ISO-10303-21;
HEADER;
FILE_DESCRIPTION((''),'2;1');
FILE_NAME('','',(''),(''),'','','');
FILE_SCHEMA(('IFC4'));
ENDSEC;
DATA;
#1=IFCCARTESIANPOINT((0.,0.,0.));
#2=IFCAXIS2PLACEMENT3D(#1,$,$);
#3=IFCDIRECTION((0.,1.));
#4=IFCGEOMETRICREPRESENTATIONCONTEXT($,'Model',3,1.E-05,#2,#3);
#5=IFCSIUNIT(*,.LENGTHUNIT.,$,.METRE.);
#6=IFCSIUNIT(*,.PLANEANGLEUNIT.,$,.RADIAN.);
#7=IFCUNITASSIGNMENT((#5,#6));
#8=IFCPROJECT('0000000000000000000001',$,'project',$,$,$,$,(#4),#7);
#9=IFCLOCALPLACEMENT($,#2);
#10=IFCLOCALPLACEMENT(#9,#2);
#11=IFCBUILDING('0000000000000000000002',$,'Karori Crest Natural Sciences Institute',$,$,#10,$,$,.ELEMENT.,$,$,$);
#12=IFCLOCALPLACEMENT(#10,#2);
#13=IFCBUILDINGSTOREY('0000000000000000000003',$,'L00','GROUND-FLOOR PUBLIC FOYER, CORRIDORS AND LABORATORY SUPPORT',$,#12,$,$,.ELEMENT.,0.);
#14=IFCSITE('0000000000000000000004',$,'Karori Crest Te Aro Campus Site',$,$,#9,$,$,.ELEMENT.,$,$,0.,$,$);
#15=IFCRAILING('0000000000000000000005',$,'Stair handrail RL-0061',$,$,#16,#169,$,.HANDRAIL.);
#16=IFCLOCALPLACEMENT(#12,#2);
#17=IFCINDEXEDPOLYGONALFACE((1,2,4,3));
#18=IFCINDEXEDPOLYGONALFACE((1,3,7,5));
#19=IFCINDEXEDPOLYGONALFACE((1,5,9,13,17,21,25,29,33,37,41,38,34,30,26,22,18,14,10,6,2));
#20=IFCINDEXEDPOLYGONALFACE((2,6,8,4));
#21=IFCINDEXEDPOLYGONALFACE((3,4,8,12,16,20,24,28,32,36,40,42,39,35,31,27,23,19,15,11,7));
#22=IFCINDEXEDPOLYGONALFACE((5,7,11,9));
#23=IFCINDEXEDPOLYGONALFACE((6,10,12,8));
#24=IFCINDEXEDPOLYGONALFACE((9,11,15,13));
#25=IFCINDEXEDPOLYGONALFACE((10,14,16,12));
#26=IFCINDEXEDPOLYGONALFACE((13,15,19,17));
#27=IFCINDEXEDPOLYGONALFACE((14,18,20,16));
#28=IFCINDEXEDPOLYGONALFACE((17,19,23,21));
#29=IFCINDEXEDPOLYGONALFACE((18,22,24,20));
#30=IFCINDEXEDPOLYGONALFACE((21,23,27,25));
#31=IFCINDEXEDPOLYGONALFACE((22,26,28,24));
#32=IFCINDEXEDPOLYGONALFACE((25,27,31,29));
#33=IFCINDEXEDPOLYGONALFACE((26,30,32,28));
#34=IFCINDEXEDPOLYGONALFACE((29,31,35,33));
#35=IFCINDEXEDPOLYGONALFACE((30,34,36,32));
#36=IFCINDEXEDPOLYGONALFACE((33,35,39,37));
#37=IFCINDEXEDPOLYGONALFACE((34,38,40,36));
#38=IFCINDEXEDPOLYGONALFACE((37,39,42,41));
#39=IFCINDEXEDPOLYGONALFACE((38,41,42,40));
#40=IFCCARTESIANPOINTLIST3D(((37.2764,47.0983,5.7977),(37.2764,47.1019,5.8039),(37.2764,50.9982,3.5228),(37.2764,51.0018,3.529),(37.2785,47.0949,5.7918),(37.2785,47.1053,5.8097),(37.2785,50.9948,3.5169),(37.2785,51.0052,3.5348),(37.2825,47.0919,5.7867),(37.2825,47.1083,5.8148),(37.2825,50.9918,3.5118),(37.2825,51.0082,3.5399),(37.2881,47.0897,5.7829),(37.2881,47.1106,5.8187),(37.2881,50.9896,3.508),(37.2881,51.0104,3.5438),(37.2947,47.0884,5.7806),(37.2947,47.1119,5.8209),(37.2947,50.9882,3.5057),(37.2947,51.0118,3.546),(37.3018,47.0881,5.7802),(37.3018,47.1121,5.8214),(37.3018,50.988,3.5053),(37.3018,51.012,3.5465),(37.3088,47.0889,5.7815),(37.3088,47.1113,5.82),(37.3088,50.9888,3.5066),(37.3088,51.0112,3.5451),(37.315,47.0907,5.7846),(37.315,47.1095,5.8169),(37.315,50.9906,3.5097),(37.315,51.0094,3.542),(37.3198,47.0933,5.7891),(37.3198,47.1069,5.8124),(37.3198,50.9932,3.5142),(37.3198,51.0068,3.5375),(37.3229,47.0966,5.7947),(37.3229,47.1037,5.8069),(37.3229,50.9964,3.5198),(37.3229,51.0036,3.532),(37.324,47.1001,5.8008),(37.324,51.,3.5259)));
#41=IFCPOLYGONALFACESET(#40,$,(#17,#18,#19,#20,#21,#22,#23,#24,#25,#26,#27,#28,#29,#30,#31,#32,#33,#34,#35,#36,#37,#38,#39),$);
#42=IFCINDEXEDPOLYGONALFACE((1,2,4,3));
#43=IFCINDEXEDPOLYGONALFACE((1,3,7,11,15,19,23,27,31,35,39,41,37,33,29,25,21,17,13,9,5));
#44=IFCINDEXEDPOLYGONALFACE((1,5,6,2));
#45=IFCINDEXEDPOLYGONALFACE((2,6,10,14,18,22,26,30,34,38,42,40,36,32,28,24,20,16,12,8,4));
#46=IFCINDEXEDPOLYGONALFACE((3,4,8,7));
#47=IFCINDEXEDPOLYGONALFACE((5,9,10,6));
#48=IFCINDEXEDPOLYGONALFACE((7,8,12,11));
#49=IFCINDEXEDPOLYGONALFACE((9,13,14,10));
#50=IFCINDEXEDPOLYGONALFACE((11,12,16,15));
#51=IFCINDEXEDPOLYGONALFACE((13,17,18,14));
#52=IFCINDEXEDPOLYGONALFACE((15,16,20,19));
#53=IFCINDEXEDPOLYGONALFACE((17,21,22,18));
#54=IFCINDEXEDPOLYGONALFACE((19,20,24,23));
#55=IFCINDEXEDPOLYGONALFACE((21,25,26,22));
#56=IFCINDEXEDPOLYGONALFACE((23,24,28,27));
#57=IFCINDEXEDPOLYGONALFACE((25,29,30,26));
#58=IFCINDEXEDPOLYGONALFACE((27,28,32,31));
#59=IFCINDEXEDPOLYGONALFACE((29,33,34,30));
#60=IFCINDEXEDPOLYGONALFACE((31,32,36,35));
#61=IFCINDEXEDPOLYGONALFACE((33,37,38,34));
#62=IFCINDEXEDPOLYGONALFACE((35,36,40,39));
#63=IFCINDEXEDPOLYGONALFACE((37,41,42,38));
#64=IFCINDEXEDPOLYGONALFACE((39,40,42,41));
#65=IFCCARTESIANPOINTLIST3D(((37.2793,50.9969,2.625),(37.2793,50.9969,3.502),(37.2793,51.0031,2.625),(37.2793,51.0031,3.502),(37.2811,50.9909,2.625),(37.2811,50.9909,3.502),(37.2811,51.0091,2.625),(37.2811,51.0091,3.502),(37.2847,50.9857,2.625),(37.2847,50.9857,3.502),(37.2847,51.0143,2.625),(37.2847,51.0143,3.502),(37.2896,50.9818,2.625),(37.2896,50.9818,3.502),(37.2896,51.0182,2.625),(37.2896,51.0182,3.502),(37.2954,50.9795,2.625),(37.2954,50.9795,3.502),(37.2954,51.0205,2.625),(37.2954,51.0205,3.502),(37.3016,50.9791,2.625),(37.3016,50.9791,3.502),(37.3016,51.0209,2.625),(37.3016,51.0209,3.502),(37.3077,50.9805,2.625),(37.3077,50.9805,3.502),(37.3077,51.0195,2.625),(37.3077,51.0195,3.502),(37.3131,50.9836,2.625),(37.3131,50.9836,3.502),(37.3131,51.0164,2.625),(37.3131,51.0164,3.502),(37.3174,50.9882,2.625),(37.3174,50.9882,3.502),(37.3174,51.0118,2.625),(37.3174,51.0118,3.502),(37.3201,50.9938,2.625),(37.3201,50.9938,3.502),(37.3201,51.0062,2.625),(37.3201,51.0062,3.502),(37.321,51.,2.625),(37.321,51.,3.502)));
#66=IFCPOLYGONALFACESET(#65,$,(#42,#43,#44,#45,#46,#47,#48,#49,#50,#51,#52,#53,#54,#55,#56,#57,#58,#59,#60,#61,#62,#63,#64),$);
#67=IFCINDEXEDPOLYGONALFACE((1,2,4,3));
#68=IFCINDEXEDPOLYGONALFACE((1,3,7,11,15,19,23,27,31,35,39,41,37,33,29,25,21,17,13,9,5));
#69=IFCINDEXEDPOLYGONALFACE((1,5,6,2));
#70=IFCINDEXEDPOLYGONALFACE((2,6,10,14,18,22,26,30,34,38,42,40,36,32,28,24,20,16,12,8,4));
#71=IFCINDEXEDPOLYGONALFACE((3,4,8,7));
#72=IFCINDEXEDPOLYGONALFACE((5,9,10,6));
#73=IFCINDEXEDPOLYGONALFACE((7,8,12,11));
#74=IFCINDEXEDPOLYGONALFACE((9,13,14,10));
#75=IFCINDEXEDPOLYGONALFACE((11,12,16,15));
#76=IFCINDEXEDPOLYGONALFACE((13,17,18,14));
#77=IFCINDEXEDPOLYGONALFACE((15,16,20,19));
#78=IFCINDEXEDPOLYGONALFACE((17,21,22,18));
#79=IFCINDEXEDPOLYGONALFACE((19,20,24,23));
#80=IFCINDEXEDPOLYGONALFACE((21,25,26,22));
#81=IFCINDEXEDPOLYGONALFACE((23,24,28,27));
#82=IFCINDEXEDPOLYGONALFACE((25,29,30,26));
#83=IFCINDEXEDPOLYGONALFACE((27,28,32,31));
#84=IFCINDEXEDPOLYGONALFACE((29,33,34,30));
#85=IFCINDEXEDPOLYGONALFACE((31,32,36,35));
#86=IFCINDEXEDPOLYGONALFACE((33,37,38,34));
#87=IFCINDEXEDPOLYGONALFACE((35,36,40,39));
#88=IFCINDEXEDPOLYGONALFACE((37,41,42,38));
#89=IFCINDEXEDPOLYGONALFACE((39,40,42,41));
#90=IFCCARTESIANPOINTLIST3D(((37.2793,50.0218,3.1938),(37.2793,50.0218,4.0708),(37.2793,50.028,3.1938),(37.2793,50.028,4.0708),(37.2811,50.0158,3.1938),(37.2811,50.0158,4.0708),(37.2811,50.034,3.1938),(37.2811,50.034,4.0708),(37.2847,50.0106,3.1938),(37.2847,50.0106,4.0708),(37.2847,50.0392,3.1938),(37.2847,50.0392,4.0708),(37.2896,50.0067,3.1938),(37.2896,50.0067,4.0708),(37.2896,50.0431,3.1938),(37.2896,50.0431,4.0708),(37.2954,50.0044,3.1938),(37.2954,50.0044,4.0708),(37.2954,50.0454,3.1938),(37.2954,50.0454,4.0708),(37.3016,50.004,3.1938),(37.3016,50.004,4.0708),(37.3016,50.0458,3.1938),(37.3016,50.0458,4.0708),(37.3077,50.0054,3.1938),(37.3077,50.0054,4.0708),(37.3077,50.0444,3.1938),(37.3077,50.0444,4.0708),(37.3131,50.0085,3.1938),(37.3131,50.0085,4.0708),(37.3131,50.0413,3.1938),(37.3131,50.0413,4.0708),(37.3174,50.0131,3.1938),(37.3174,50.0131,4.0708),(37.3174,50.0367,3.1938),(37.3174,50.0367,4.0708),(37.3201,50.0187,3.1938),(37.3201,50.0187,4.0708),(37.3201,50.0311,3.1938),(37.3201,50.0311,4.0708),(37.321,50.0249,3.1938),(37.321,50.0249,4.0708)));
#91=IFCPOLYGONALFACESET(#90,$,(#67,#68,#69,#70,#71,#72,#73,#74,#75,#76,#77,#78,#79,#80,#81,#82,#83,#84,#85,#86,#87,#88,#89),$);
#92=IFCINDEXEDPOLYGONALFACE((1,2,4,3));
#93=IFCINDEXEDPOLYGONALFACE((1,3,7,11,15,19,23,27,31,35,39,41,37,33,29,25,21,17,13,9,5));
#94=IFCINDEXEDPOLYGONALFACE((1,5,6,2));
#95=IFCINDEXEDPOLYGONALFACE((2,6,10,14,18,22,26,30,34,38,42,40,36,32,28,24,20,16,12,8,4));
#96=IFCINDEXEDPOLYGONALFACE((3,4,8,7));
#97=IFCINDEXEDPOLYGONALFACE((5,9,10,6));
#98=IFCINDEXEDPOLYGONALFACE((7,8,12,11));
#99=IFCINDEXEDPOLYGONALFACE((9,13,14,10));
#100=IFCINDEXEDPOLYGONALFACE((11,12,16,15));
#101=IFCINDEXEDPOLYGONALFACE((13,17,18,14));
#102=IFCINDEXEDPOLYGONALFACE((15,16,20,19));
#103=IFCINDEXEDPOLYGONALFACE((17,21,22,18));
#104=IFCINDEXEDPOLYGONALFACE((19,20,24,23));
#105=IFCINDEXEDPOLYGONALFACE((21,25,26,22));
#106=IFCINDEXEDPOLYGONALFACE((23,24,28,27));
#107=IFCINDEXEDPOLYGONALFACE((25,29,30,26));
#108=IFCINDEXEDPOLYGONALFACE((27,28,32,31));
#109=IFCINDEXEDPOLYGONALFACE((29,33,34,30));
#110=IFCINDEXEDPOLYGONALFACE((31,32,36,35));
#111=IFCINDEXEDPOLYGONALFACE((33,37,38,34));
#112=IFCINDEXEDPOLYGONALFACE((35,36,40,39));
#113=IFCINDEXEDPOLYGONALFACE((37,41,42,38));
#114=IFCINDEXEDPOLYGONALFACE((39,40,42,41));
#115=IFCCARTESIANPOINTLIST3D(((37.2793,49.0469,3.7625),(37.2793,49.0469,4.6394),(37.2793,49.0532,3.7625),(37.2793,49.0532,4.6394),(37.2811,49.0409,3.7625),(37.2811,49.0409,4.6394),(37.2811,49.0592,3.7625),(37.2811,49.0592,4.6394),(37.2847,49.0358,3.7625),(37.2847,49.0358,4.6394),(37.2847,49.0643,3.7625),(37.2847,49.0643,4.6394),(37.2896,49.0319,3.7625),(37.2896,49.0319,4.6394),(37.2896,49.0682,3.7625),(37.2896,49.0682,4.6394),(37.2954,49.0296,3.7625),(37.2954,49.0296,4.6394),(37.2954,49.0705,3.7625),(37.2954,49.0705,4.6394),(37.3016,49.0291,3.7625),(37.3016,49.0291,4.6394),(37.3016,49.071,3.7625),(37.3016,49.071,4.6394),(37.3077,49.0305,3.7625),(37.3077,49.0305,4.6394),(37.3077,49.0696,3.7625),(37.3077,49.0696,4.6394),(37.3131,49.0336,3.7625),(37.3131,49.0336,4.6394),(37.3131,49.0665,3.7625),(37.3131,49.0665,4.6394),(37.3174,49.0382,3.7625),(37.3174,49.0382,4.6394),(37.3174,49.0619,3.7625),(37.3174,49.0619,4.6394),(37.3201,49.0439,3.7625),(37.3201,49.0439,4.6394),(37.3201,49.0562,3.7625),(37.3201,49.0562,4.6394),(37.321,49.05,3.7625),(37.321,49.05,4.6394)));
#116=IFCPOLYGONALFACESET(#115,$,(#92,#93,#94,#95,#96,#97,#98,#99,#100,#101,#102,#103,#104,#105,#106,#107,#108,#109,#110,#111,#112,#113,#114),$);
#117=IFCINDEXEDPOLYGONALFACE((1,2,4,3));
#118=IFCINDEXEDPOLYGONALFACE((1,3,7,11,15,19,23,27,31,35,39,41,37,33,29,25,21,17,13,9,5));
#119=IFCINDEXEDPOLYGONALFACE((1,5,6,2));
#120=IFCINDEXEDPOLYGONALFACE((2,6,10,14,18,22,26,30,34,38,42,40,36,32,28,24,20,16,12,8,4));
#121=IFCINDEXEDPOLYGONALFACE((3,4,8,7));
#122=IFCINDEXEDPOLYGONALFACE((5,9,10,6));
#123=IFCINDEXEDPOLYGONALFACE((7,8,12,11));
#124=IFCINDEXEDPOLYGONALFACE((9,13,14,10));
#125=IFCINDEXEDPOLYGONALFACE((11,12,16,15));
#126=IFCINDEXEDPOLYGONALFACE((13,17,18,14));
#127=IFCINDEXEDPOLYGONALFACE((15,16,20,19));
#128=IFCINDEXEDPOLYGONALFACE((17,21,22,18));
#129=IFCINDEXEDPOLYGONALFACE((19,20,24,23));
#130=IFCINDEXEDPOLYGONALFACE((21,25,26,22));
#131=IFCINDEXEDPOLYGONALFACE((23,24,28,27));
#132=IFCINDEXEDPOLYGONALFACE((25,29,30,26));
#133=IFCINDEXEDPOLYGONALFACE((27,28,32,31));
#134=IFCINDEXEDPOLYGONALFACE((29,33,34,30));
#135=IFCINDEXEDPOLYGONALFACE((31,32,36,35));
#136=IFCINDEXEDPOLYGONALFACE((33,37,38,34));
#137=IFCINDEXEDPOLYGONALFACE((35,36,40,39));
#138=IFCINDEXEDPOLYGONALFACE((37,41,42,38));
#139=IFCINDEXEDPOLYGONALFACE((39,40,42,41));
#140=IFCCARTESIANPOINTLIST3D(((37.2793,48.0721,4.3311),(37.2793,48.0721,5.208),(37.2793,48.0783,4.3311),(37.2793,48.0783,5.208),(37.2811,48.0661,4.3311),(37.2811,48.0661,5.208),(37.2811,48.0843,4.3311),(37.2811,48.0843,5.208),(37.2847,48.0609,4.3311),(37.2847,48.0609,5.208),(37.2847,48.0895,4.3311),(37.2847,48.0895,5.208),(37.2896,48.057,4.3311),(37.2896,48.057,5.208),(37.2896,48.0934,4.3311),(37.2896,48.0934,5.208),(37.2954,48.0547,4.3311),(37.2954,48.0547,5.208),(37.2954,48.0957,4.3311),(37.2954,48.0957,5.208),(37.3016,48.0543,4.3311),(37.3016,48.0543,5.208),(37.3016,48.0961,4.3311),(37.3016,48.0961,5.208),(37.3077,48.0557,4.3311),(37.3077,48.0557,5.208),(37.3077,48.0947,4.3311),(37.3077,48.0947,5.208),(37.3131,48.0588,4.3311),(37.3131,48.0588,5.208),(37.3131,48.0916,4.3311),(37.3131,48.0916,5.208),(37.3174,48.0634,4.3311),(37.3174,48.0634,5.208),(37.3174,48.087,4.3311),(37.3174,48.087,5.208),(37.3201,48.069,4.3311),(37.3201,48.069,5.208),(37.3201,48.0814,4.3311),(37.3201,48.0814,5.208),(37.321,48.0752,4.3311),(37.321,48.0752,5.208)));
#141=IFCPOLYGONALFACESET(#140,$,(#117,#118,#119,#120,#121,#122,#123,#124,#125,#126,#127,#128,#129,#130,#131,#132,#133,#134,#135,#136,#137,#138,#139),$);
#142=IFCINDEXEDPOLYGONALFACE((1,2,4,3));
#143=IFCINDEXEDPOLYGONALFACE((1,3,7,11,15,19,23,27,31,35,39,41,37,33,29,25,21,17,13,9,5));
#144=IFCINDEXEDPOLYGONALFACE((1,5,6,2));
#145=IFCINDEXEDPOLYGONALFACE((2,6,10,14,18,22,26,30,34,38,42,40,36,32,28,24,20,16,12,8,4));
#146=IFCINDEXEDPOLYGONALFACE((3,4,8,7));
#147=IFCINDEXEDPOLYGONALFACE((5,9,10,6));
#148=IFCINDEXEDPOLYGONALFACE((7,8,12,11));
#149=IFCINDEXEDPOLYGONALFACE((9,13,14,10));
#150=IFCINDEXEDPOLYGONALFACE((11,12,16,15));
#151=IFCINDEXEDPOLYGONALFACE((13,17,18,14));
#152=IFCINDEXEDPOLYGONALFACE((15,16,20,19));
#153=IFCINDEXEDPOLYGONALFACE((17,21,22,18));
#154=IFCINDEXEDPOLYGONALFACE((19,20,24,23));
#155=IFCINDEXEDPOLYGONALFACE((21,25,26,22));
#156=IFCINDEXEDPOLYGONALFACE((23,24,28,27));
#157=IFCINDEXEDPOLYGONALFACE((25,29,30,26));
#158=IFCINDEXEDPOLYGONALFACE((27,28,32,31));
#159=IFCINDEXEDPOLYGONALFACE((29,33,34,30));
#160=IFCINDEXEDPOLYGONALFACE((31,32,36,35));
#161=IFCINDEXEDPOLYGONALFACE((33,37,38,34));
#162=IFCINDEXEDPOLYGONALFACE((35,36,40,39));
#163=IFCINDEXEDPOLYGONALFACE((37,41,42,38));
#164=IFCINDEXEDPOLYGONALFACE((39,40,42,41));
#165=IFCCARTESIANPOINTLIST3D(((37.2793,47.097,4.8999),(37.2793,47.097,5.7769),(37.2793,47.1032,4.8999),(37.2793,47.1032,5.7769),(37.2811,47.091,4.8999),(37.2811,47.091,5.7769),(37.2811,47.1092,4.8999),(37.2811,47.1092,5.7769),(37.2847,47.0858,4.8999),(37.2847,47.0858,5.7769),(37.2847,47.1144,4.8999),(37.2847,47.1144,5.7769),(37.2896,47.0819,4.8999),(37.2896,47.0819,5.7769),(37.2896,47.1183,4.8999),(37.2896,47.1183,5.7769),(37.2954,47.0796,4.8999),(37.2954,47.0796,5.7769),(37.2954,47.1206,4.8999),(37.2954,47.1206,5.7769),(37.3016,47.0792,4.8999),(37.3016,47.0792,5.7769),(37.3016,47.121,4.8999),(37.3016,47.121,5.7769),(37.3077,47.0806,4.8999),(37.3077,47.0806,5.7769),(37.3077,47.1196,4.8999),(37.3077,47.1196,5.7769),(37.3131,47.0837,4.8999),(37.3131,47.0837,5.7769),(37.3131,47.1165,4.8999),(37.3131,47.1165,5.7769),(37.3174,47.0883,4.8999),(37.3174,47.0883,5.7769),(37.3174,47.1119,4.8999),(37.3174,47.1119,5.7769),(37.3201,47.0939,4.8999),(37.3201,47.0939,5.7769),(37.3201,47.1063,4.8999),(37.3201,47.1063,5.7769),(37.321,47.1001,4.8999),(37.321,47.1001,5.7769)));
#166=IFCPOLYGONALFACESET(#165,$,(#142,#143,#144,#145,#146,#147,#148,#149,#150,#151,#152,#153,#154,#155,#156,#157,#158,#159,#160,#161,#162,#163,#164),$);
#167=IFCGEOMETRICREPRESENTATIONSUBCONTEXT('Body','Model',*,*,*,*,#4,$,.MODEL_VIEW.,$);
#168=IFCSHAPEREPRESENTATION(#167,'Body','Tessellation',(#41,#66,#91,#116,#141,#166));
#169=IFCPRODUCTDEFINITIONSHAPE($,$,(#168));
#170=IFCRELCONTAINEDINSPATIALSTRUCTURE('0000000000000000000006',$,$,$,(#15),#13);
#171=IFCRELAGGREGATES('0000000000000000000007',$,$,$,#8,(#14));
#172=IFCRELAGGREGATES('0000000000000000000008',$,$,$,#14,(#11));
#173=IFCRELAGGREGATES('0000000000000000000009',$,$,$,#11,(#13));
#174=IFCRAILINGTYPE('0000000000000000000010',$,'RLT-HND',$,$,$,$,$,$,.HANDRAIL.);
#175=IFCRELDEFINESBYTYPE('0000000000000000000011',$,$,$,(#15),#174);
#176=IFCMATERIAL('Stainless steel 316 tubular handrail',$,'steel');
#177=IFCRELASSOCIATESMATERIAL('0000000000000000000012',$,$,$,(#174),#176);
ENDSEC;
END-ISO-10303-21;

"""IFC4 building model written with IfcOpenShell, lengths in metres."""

from ifc_helpers import new_model, si_unit, direction, frame, origin, origin_2d, place, context, subcontext, project, spatial, circle, extrude, material, type_object, element, save


model = new_model("IFC4")

# Units and contexts
model_context = context("Model", 3, precision=1e-05, world=origin(), true_north=direction((0.0, 1.0)))
body_context = subcontext(model_context, "Body", "Model", "MODEL_VIEW")
ifc_project = project(units=[si_unit("LENGTHUNIT", "METRE"), si_unit("PLANEANGLEUNIT", "RADIAN")], contexts=[model_context])

# Site, building, storey
site_placement = place(None, origin())
site = spatial("IfcSite", under=ifc_project, at=site_placement, Name="Karori Crest Te Aro Campus Site", CompositionType="ELEMENT", RefElevation=0.0)
building_placement = place(site_placement, origin())
building = spatial("IfcBuilding", under=site, at=building_placement, Name="Karori Crest Natural Sciences Institute", CompositionType="ELEMENT")
storey_placement = place(building_placement, origin())
storey = spatial("IfcBuildingStorey", under=building, at=storey_placement, Name="L00", Description="GROUND-FLOOR PUBLIC FOYER, CORRIDORS AND LABORATORY SUPPORT", CompositionType="ELEMENT", Elevation=0.0)

# Railing
ifc_material_1 = material(Name="Stainless steel 316 tubular handrail", Category="steel")
railing_type_1 = type_object("IfcRailingType", Name="RLT-HND", PredefinedType="HANDRAIL", material=ifc_material_1)
railing_1_placement = place(storey_placement, frame((37.3, 51.0, 2.625)))
element("IfcRailing", 1, at=railing_1_placement, inside=storey, type_object=railing_type_1, Name="Stair handrail RL-0061", PredefinedType="HANDRAIL", context=body_context, shape_type="SweptSolid", body=[
    extrude(circle(Radius=0.0239, at=origin_2d()), frame((0.0, 0.0, 0.9009), z_axis=(0.0, -0.863783, 0.503864), x_axis=(1.0, 0.0, 0.0)), (0.0, 0.0, 1.0), 4.5149),
    extrude(circle(Radius=0.021, at=origin_2d()), origin(), (0.0, 0.0, 1.0), 0.877),
    extrude(circle(Radius=0.021, at=origin_2d()), frame((0.0, -0.9751, 0.5688)), (0.0, 0.0, 1.0), 0.877),
    extrude(circle(Radius=0.021, at=origin_2d()), frame((0.0, -1.95, 1.1375)), (0.0, 0.0, 1.0), 0.877),
    extrude(circle(Radius=0.021, at=origin_2d()), frame((0.0, -2.9248, 1.7061)), (0.0, 0.0, 1.0), 0.877),
    extrude(circle(Radius=0.021, at=origin_2d()), frame((0.0, -3.8999, 2.2749)), (0.0, 0.0, 1.0), 0.877),
])

save(model, "model.ifc")
